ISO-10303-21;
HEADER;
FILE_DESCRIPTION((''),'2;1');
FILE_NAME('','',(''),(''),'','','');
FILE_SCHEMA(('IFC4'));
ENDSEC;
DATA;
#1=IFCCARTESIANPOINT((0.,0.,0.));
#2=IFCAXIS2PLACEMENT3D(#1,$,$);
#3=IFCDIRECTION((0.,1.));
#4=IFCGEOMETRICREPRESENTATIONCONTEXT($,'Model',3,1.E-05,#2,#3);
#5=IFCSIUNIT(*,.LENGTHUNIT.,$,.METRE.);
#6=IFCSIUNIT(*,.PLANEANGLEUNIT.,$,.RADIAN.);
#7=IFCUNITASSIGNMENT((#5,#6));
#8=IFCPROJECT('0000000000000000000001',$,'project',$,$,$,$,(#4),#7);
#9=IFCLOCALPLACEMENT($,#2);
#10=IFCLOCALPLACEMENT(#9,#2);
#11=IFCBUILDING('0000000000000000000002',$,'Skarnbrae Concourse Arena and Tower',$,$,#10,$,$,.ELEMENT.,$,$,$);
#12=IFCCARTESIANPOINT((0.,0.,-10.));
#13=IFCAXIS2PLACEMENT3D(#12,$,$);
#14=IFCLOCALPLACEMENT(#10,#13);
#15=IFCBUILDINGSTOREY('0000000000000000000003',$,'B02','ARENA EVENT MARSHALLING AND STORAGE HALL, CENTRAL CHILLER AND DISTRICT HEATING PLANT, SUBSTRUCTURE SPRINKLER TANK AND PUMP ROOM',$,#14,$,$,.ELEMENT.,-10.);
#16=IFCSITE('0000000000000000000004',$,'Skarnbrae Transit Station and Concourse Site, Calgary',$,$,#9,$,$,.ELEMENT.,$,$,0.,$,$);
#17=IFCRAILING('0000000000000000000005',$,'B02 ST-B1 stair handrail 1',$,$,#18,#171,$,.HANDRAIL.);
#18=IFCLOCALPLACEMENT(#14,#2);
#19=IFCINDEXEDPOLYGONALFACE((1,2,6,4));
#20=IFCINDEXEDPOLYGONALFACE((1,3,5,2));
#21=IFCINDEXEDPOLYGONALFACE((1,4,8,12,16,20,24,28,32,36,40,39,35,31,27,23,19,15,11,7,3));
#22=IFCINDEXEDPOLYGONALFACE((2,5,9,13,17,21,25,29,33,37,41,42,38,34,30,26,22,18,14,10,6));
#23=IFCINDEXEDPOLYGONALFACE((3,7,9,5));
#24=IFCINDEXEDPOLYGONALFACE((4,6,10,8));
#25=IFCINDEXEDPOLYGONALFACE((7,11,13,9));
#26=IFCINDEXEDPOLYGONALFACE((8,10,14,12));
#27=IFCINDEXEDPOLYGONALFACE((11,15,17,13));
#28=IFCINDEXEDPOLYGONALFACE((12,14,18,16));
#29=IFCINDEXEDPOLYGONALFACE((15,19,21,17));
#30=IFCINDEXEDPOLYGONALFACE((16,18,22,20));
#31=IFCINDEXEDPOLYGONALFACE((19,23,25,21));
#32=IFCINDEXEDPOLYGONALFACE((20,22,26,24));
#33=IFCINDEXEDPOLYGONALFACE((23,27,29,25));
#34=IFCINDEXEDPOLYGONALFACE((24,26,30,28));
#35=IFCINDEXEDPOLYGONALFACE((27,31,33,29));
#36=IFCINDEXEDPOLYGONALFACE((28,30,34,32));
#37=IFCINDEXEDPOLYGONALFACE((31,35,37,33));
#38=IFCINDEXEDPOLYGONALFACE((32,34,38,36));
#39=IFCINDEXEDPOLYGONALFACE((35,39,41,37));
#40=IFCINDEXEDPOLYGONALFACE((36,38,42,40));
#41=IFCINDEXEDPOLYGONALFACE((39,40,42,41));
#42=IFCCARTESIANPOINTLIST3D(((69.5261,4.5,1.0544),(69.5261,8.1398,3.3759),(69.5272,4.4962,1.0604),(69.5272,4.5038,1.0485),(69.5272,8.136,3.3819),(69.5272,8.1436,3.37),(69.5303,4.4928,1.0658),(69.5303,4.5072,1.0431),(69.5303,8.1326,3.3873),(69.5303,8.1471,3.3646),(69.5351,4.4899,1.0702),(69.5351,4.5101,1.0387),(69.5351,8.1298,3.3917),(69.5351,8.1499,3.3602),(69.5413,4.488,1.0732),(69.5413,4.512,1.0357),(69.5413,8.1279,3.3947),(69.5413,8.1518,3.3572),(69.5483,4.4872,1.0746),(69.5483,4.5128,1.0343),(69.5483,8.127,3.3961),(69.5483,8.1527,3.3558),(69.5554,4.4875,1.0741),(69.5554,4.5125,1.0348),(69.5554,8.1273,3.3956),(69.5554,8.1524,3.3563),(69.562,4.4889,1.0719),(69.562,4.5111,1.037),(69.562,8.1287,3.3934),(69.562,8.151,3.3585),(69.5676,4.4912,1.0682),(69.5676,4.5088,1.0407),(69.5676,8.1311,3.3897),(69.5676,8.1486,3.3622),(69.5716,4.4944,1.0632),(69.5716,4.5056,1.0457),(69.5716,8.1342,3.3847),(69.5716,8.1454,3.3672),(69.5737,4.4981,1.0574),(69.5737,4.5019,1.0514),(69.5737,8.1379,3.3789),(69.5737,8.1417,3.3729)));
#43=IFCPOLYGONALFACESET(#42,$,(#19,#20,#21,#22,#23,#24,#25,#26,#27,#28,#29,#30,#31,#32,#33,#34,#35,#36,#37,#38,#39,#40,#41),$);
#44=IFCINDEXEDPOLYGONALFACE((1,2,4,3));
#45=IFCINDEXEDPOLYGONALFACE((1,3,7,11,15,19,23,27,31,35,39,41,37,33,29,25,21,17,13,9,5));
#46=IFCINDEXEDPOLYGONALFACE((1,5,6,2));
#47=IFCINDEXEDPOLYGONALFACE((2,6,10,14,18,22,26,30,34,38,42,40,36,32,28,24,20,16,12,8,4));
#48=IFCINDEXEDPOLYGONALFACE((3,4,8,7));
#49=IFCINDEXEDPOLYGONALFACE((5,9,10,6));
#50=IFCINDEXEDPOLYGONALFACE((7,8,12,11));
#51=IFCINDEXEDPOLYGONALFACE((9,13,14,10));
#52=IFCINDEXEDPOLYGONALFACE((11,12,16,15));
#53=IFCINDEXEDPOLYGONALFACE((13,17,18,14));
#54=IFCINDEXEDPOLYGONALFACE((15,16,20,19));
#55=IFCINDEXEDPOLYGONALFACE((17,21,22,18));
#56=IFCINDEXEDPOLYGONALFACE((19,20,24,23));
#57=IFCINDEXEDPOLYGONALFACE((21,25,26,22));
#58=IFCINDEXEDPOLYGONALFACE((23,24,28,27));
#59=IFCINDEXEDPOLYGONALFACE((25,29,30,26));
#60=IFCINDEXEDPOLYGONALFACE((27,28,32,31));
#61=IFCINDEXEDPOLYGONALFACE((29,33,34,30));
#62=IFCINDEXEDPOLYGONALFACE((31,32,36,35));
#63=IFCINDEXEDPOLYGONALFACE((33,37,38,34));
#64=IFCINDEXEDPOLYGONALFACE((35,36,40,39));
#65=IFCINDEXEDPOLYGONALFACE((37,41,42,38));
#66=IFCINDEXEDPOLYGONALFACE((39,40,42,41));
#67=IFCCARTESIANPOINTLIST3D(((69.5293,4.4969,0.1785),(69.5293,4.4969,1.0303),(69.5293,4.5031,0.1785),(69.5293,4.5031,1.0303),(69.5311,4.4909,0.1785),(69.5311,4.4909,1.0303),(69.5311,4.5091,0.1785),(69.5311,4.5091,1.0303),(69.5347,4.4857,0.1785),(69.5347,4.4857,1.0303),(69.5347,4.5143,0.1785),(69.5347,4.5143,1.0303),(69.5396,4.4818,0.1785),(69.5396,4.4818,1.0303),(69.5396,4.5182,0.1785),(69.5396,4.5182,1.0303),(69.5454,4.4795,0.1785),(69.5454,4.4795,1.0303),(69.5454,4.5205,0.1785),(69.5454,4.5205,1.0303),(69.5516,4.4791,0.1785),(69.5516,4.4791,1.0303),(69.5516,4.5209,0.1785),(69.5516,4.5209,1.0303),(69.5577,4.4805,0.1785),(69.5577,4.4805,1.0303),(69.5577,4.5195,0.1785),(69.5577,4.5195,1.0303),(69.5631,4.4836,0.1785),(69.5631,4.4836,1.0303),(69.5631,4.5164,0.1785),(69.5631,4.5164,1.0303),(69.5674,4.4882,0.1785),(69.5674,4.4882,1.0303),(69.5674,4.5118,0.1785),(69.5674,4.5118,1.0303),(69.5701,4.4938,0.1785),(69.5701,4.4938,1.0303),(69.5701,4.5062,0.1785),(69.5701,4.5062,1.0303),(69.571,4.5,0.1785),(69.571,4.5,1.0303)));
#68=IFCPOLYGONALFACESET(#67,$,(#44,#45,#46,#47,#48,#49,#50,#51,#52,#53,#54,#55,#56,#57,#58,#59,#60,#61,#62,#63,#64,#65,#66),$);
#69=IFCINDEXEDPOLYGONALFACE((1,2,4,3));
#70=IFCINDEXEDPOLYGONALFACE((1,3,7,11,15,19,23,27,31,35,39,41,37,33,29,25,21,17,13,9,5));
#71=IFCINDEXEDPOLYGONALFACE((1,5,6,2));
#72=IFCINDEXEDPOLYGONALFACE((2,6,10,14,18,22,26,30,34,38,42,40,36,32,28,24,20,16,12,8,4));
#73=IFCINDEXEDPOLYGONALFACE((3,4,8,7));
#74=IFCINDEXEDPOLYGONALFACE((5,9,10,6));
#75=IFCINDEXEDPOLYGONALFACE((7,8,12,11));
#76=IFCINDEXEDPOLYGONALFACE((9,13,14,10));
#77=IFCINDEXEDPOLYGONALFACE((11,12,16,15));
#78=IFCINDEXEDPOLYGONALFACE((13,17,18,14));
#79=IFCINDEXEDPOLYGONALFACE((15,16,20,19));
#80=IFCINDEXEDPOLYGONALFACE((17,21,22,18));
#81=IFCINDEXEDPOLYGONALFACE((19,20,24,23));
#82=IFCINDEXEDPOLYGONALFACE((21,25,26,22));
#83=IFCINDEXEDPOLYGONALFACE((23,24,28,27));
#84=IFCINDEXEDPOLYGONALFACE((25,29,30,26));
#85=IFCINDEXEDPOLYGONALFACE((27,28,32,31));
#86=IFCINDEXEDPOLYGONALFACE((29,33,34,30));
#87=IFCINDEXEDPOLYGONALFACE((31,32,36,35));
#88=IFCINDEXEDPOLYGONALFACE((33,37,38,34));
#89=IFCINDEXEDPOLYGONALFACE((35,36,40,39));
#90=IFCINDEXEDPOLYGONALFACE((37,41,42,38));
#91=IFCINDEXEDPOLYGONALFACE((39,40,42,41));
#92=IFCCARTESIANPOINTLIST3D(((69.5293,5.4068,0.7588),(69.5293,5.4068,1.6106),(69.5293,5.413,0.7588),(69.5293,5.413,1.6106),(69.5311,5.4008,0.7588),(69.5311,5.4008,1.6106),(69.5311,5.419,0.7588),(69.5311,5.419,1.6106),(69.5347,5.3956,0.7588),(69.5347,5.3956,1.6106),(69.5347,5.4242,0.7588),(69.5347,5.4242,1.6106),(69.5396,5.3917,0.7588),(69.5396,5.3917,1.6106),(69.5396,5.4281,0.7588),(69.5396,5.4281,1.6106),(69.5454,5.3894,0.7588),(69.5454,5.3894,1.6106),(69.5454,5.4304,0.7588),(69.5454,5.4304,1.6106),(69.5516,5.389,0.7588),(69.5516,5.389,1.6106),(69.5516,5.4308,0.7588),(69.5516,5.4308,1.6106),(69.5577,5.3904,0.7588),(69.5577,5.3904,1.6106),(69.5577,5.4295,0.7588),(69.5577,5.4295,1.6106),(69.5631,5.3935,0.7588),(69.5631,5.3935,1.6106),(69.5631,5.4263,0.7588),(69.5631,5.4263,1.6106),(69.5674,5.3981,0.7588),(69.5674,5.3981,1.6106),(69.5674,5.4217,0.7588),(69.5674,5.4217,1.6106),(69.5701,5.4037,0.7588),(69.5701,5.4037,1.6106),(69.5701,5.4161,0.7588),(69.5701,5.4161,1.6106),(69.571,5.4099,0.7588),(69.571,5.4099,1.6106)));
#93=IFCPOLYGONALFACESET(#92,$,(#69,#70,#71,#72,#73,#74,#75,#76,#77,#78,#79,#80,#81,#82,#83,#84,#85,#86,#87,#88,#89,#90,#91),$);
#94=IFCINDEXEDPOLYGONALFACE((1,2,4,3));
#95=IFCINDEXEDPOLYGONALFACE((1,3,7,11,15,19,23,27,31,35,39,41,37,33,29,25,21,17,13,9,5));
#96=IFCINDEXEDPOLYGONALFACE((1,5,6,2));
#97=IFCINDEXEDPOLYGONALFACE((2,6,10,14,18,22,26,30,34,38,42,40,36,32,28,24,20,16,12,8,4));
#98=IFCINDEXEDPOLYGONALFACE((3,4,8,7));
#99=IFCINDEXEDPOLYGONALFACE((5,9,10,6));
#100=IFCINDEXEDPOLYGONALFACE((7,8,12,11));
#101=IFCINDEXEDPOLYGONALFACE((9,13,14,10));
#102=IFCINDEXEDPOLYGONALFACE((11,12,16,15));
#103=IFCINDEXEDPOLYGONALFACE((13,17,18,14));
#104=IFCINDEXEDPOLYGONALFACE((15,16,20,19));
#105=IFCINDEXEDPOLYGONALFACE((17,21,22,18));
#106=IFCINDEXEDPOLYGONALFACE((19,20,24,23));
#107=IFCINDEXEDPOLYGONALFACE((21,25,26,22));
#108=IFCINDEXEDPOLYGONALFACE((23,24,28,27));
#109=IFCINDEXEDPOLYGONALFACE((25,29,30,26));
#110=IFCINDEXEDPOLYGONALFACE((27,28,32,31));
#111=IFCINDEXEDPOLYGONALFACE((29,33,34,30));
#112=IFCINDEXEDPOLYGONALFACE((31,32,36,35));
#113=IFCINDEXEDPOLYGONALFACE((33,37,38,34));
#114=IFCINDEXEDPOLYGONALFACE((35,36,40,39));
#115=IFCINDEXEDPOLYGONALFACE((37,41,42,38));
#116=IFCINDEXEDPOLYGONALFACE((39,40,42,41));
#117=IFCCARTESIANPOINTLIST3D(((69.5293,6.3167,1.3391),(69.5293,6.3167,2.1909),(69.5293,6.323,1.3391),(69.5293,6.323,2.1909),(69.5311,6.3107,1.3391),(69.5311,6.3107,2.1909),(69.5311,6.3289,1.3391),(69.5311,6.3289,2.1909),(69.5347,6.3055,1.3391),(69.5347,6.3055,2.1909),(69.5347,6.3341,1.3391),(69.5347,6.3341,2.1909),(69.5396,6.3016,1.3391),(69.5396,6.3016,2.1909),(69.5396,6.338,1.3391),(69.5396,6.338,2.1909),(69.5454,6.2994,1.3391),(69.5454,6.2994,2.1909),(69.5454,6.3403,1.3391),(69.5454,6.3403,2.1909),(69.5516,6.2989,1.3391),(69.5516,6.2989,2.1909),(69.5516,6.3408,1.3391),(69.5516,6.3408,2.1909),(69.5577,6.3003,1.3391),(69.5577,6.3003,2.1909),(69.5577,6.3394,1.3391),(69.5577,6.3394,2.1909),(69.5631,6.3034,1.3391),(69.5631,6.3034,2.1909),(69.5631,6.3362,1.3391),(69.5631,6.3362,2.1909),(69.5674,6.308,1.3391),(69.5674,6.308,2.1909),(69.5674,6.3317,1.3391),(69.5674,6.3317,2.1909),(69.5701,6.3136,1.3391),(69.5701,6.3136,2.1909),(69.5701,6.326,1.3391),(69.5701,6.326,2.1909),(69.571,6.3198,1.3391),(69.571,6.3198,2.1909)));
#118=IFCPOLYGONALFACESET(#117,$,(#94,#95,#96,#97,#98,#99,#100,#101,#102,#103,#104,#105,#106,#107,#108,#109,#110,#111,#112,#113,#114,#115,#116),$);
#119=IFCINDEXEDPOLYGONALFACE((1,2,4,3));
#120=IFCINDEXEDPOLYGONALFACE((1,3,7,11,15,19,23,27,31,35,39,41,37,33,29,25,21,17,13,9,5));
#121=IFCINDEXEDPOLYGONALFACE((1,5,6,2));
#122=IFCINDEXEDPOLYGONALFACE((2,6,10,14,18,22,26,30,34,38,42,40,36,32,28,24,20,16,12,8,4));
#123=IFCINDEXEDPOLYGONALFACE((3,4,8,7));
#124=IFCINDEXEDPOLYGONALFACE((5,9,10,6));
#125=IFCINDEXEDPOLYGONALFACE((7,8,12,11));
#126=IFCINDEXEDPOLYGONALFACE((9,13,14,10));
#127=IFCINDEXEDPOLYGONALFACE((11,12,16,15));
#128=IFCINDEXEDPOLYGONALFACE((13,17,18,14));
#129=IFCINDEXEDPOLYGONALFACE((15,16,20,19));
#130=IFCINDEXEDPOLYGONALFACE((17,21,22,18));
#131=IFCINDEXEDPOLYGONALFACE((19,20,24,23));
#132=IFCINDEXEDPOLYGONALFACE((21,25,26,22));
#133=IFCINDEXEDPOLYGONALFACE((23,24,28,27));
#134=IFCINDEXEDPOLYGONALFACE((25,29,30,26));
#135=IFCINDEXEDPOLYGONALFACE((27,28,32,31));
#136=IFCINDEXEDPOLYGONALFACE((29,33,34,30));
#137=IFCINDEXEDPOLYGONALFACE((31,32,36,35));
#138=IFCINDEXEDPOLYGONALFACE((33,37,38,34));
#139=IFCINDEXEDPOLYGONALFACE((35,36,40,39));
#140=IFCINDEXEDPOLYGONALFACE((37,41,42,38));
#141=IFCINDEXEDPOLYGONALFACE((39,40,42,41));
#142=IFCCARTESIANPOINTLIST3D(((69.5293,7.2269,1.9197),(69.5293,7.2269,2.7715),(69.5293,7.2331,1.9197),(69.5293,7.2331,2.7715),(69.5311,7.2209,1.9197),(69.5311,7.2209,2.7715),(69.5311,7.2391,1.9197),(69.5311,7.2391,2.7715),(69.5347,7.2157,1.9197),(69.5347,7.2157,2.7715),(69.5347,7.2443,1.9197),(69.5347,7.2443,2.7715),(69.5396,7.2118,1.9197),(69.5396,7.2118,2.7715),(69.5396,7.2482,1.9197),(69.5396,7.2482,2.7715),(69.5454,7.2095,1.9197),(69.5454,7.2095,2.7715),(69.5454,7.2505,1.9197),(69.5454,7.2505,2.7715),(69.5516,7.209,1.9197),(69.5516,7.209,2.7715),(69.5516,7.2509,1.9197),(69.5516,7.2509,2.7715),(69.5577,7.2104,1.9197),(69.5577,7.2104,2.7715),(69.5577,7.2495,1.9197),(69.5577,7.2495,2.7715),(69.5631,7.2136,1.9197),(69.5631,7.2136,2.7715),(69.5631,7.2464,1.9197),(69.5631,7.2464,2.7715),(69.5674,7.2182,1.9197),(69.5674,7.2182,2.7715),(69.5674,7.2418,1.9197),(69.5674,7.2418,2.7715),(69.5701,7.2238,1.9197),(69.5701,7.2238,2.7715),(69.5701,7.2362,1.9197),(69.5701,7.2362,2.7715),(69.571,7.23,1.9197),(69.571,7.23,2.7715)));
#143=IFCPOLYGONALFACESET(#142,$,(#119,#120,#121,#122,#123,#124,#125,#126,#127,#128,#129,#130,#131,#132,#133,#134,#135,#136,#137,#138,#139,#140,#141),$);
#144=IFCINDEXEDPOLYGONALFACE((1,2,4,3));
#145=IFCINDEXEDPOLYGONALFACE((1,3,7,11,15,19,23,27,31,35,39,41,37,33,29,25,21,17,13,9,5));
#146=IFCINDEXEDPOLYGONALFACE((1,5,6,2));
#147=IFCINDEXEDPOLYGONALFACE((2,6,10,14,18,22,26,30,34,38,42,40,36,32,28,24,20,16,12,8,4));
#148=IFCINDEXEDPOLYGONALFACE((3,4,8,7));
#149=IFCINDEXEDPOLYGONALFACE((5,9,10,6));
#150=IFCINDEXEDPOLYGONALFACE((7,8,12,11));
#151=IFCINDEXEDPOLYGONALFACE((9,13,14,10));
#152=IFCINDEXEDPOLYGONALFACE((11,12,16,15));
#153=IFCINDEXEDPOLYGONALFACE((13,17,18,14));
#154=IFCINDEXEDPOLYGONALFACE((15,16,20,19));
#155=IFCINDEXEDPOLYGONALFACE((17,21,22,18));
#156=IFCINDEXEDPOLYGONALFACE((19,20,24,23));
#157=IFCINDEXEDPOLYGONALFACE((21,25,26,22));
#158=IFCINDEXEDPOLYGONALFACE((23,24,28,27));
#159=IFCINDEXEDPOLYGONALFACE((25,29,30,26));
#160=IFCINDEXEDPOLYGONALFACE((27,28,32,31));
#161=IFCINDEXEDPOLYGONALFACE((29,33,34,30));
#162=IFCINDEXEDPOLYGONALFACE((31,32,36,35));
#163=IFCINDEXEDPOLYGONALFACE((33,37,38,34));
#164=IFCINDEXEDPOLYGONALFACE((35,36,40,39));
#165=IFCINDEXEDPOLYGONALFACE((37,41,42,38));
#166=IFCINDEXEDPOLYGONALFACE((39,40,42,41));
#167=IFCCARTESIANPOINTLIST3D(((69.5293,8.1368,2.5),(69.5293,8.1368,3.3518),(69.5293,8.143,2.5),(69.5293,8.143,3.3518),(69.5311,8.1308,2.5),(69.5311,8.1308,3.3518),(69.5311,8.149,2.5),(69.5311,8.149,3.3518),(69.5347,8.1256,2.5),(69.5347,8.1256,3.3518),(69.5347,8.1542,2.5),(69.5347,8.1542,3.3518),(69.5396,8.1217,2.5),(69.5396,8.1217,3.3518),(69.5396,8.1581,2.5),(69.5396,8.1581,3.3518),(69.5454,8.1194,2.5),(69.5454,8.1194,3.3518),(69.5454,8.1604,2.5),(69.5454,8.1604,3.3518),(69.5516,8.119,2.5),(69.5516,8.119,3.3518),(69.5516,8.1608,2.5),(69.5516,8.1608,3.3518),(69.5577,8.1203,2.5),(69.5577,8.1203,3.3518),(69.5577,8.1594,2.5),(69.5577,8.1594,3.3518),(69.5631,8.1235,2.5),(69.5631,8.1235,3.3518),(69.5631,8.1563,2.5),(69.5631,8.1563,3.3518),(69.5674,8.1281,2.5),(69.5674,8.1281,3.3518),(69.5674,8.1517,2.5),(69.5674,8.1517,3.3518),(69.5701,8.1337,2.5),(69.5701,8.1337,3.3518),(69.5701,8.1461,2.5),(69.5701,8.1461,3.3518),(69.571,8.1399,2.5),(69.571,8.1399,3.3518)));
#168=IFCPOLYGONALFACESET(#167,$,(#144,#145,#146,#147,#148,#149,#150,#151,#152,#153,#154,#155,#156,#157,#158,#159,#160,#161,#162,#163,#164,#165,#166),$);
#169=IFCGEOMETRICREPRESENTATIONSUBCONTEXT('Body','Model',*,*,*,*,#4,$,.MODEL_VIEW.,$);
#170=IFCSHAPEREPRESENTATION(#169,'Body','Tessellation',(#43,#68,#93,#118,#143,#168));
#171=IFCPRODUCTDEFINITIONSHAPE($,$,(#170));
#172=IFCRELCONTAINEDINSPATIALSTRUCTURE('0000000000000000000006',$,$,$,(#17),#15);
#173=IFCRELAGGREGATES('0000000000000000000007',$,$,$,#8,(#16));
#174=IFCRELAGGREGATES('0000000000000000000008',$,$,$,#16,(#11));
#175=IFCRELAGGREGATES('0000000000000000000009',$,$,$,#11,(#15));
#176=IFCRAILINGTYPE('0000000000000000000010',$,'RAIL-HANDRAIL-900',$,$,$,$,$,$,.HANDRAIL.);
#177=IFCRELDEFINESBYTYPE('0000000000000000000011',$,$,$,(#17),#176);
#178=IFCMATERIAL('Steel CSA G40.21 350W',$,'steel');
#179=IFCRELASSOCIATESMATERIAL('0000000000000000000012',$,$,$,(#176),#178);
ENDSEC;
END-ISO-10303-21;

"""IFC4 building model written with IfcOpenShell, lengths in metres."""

from ifc_helpers import new_model, si_unit, direction, frame, origin, origin_2d, place, context, subcontext, project, spatial, circle, extrude, material, type_object, element, save


model = new_model("IFC4")

# Units and contexts
model_context = context("Model", 3, precision=1e-05, world=origin(), true_north=direction((0.0, 1.0)))
body_context = subcontext(model_context, "Body", "Model", "MODEL_VIEW")
ifc_project = project(units=[si_unit("LENGTHUNIT", "METRE"), si_unit("PLANEANGLEUNIT", "RADIAN")], contexts=[model_context])

# Site, building, storey
site_placement = place(None, origin())
site = spatial("IfcSite", under=ifc_project, at=site_placement, Name="Skarnbrae Transit Station and Concourse Site, Calgary", CompositionType="ELEMENT", RefElevation=0.0)
building_placement = place(site_placement, origin())
building = spatial("IfcBuilding", under=site, at=building_placement, Name="Skarnbrae Concourse Arena and Tower", CompositionType="ELEMENT")
storey_placement = place(building_placement, frame((0.0, 0.0, -10.0)))
storey = spatial("IfcBuildingStorey", under=building, at=storey_placement, Name="B02", Description="ARENA EVENT MARSHALLING AND STORAGE HALL, CENTRAL CHILLER AND DISTRICT HEATING PLANT, SUBSTRUCTURE SPRINKLER TANK AND PUMP ROOM", CompositionType="ELEMENT", Elevation=-10.0)

# Shared definitions
ifc_material_1 = material(Name="Steel CSA G40.21 350W", Category="steel")

# Railing
railing_type_1 = type_object("IfcRailingType", Name="RAIL-HANDRAIL-900", PredefinedType="HANDRAIL", material=ifc_material_1)
railing_1_placement = place(storey_placement, frame((69.55, 4.5, 0.1785)))
element("IfcRailing", 1, at=railing_1_placement, inside=storey, type_object=railing_type_1, Name="B02 ST-B1 stair handrail 1", PredefinedType="HANDRAIL", context=body_context, shape_type="SweptSolid", body=[
    extrude(circle(Radius=0.0239, at=origin_2d()), frame((0.0, 0.0, 0.876), z_axis=(0.0, 0.843112, 0.537739), x_axis=(-1.0, 0.0, 0.0)), (0.0, 0.0, 1.0), 4.3171),
    extrude(circle(Radius=0.021, at=origin_2d()), origin(), (0.0, 0.0, 1.0), 0.8518),
    extrude(circle(Radius=0.021, at=origin_2d()), frame((0.0, 0.9099, 0.5803)), (0.0, 0.0, 1.0), 0.8518),
    extrude(circle(Radius=0.021, at=origin_2d()), frame((0.0, 1.8198, 1.1606)), (0.0, 0.0, 1.0), 0.8518),
    extrude(circle(Radius=0.021, at=origin_2d()), frame((0.0, 2.73, 1.7412)), (0.0, 0.0, 1.0), 0.8518),
    extrude(circle(Radius=0.021, at=origin_2d()), frame((0.0, 3.6399, 2.3215)), (0.0, 0.0, 1.0), 0.8518),
])

save(model, "model.ifc")
